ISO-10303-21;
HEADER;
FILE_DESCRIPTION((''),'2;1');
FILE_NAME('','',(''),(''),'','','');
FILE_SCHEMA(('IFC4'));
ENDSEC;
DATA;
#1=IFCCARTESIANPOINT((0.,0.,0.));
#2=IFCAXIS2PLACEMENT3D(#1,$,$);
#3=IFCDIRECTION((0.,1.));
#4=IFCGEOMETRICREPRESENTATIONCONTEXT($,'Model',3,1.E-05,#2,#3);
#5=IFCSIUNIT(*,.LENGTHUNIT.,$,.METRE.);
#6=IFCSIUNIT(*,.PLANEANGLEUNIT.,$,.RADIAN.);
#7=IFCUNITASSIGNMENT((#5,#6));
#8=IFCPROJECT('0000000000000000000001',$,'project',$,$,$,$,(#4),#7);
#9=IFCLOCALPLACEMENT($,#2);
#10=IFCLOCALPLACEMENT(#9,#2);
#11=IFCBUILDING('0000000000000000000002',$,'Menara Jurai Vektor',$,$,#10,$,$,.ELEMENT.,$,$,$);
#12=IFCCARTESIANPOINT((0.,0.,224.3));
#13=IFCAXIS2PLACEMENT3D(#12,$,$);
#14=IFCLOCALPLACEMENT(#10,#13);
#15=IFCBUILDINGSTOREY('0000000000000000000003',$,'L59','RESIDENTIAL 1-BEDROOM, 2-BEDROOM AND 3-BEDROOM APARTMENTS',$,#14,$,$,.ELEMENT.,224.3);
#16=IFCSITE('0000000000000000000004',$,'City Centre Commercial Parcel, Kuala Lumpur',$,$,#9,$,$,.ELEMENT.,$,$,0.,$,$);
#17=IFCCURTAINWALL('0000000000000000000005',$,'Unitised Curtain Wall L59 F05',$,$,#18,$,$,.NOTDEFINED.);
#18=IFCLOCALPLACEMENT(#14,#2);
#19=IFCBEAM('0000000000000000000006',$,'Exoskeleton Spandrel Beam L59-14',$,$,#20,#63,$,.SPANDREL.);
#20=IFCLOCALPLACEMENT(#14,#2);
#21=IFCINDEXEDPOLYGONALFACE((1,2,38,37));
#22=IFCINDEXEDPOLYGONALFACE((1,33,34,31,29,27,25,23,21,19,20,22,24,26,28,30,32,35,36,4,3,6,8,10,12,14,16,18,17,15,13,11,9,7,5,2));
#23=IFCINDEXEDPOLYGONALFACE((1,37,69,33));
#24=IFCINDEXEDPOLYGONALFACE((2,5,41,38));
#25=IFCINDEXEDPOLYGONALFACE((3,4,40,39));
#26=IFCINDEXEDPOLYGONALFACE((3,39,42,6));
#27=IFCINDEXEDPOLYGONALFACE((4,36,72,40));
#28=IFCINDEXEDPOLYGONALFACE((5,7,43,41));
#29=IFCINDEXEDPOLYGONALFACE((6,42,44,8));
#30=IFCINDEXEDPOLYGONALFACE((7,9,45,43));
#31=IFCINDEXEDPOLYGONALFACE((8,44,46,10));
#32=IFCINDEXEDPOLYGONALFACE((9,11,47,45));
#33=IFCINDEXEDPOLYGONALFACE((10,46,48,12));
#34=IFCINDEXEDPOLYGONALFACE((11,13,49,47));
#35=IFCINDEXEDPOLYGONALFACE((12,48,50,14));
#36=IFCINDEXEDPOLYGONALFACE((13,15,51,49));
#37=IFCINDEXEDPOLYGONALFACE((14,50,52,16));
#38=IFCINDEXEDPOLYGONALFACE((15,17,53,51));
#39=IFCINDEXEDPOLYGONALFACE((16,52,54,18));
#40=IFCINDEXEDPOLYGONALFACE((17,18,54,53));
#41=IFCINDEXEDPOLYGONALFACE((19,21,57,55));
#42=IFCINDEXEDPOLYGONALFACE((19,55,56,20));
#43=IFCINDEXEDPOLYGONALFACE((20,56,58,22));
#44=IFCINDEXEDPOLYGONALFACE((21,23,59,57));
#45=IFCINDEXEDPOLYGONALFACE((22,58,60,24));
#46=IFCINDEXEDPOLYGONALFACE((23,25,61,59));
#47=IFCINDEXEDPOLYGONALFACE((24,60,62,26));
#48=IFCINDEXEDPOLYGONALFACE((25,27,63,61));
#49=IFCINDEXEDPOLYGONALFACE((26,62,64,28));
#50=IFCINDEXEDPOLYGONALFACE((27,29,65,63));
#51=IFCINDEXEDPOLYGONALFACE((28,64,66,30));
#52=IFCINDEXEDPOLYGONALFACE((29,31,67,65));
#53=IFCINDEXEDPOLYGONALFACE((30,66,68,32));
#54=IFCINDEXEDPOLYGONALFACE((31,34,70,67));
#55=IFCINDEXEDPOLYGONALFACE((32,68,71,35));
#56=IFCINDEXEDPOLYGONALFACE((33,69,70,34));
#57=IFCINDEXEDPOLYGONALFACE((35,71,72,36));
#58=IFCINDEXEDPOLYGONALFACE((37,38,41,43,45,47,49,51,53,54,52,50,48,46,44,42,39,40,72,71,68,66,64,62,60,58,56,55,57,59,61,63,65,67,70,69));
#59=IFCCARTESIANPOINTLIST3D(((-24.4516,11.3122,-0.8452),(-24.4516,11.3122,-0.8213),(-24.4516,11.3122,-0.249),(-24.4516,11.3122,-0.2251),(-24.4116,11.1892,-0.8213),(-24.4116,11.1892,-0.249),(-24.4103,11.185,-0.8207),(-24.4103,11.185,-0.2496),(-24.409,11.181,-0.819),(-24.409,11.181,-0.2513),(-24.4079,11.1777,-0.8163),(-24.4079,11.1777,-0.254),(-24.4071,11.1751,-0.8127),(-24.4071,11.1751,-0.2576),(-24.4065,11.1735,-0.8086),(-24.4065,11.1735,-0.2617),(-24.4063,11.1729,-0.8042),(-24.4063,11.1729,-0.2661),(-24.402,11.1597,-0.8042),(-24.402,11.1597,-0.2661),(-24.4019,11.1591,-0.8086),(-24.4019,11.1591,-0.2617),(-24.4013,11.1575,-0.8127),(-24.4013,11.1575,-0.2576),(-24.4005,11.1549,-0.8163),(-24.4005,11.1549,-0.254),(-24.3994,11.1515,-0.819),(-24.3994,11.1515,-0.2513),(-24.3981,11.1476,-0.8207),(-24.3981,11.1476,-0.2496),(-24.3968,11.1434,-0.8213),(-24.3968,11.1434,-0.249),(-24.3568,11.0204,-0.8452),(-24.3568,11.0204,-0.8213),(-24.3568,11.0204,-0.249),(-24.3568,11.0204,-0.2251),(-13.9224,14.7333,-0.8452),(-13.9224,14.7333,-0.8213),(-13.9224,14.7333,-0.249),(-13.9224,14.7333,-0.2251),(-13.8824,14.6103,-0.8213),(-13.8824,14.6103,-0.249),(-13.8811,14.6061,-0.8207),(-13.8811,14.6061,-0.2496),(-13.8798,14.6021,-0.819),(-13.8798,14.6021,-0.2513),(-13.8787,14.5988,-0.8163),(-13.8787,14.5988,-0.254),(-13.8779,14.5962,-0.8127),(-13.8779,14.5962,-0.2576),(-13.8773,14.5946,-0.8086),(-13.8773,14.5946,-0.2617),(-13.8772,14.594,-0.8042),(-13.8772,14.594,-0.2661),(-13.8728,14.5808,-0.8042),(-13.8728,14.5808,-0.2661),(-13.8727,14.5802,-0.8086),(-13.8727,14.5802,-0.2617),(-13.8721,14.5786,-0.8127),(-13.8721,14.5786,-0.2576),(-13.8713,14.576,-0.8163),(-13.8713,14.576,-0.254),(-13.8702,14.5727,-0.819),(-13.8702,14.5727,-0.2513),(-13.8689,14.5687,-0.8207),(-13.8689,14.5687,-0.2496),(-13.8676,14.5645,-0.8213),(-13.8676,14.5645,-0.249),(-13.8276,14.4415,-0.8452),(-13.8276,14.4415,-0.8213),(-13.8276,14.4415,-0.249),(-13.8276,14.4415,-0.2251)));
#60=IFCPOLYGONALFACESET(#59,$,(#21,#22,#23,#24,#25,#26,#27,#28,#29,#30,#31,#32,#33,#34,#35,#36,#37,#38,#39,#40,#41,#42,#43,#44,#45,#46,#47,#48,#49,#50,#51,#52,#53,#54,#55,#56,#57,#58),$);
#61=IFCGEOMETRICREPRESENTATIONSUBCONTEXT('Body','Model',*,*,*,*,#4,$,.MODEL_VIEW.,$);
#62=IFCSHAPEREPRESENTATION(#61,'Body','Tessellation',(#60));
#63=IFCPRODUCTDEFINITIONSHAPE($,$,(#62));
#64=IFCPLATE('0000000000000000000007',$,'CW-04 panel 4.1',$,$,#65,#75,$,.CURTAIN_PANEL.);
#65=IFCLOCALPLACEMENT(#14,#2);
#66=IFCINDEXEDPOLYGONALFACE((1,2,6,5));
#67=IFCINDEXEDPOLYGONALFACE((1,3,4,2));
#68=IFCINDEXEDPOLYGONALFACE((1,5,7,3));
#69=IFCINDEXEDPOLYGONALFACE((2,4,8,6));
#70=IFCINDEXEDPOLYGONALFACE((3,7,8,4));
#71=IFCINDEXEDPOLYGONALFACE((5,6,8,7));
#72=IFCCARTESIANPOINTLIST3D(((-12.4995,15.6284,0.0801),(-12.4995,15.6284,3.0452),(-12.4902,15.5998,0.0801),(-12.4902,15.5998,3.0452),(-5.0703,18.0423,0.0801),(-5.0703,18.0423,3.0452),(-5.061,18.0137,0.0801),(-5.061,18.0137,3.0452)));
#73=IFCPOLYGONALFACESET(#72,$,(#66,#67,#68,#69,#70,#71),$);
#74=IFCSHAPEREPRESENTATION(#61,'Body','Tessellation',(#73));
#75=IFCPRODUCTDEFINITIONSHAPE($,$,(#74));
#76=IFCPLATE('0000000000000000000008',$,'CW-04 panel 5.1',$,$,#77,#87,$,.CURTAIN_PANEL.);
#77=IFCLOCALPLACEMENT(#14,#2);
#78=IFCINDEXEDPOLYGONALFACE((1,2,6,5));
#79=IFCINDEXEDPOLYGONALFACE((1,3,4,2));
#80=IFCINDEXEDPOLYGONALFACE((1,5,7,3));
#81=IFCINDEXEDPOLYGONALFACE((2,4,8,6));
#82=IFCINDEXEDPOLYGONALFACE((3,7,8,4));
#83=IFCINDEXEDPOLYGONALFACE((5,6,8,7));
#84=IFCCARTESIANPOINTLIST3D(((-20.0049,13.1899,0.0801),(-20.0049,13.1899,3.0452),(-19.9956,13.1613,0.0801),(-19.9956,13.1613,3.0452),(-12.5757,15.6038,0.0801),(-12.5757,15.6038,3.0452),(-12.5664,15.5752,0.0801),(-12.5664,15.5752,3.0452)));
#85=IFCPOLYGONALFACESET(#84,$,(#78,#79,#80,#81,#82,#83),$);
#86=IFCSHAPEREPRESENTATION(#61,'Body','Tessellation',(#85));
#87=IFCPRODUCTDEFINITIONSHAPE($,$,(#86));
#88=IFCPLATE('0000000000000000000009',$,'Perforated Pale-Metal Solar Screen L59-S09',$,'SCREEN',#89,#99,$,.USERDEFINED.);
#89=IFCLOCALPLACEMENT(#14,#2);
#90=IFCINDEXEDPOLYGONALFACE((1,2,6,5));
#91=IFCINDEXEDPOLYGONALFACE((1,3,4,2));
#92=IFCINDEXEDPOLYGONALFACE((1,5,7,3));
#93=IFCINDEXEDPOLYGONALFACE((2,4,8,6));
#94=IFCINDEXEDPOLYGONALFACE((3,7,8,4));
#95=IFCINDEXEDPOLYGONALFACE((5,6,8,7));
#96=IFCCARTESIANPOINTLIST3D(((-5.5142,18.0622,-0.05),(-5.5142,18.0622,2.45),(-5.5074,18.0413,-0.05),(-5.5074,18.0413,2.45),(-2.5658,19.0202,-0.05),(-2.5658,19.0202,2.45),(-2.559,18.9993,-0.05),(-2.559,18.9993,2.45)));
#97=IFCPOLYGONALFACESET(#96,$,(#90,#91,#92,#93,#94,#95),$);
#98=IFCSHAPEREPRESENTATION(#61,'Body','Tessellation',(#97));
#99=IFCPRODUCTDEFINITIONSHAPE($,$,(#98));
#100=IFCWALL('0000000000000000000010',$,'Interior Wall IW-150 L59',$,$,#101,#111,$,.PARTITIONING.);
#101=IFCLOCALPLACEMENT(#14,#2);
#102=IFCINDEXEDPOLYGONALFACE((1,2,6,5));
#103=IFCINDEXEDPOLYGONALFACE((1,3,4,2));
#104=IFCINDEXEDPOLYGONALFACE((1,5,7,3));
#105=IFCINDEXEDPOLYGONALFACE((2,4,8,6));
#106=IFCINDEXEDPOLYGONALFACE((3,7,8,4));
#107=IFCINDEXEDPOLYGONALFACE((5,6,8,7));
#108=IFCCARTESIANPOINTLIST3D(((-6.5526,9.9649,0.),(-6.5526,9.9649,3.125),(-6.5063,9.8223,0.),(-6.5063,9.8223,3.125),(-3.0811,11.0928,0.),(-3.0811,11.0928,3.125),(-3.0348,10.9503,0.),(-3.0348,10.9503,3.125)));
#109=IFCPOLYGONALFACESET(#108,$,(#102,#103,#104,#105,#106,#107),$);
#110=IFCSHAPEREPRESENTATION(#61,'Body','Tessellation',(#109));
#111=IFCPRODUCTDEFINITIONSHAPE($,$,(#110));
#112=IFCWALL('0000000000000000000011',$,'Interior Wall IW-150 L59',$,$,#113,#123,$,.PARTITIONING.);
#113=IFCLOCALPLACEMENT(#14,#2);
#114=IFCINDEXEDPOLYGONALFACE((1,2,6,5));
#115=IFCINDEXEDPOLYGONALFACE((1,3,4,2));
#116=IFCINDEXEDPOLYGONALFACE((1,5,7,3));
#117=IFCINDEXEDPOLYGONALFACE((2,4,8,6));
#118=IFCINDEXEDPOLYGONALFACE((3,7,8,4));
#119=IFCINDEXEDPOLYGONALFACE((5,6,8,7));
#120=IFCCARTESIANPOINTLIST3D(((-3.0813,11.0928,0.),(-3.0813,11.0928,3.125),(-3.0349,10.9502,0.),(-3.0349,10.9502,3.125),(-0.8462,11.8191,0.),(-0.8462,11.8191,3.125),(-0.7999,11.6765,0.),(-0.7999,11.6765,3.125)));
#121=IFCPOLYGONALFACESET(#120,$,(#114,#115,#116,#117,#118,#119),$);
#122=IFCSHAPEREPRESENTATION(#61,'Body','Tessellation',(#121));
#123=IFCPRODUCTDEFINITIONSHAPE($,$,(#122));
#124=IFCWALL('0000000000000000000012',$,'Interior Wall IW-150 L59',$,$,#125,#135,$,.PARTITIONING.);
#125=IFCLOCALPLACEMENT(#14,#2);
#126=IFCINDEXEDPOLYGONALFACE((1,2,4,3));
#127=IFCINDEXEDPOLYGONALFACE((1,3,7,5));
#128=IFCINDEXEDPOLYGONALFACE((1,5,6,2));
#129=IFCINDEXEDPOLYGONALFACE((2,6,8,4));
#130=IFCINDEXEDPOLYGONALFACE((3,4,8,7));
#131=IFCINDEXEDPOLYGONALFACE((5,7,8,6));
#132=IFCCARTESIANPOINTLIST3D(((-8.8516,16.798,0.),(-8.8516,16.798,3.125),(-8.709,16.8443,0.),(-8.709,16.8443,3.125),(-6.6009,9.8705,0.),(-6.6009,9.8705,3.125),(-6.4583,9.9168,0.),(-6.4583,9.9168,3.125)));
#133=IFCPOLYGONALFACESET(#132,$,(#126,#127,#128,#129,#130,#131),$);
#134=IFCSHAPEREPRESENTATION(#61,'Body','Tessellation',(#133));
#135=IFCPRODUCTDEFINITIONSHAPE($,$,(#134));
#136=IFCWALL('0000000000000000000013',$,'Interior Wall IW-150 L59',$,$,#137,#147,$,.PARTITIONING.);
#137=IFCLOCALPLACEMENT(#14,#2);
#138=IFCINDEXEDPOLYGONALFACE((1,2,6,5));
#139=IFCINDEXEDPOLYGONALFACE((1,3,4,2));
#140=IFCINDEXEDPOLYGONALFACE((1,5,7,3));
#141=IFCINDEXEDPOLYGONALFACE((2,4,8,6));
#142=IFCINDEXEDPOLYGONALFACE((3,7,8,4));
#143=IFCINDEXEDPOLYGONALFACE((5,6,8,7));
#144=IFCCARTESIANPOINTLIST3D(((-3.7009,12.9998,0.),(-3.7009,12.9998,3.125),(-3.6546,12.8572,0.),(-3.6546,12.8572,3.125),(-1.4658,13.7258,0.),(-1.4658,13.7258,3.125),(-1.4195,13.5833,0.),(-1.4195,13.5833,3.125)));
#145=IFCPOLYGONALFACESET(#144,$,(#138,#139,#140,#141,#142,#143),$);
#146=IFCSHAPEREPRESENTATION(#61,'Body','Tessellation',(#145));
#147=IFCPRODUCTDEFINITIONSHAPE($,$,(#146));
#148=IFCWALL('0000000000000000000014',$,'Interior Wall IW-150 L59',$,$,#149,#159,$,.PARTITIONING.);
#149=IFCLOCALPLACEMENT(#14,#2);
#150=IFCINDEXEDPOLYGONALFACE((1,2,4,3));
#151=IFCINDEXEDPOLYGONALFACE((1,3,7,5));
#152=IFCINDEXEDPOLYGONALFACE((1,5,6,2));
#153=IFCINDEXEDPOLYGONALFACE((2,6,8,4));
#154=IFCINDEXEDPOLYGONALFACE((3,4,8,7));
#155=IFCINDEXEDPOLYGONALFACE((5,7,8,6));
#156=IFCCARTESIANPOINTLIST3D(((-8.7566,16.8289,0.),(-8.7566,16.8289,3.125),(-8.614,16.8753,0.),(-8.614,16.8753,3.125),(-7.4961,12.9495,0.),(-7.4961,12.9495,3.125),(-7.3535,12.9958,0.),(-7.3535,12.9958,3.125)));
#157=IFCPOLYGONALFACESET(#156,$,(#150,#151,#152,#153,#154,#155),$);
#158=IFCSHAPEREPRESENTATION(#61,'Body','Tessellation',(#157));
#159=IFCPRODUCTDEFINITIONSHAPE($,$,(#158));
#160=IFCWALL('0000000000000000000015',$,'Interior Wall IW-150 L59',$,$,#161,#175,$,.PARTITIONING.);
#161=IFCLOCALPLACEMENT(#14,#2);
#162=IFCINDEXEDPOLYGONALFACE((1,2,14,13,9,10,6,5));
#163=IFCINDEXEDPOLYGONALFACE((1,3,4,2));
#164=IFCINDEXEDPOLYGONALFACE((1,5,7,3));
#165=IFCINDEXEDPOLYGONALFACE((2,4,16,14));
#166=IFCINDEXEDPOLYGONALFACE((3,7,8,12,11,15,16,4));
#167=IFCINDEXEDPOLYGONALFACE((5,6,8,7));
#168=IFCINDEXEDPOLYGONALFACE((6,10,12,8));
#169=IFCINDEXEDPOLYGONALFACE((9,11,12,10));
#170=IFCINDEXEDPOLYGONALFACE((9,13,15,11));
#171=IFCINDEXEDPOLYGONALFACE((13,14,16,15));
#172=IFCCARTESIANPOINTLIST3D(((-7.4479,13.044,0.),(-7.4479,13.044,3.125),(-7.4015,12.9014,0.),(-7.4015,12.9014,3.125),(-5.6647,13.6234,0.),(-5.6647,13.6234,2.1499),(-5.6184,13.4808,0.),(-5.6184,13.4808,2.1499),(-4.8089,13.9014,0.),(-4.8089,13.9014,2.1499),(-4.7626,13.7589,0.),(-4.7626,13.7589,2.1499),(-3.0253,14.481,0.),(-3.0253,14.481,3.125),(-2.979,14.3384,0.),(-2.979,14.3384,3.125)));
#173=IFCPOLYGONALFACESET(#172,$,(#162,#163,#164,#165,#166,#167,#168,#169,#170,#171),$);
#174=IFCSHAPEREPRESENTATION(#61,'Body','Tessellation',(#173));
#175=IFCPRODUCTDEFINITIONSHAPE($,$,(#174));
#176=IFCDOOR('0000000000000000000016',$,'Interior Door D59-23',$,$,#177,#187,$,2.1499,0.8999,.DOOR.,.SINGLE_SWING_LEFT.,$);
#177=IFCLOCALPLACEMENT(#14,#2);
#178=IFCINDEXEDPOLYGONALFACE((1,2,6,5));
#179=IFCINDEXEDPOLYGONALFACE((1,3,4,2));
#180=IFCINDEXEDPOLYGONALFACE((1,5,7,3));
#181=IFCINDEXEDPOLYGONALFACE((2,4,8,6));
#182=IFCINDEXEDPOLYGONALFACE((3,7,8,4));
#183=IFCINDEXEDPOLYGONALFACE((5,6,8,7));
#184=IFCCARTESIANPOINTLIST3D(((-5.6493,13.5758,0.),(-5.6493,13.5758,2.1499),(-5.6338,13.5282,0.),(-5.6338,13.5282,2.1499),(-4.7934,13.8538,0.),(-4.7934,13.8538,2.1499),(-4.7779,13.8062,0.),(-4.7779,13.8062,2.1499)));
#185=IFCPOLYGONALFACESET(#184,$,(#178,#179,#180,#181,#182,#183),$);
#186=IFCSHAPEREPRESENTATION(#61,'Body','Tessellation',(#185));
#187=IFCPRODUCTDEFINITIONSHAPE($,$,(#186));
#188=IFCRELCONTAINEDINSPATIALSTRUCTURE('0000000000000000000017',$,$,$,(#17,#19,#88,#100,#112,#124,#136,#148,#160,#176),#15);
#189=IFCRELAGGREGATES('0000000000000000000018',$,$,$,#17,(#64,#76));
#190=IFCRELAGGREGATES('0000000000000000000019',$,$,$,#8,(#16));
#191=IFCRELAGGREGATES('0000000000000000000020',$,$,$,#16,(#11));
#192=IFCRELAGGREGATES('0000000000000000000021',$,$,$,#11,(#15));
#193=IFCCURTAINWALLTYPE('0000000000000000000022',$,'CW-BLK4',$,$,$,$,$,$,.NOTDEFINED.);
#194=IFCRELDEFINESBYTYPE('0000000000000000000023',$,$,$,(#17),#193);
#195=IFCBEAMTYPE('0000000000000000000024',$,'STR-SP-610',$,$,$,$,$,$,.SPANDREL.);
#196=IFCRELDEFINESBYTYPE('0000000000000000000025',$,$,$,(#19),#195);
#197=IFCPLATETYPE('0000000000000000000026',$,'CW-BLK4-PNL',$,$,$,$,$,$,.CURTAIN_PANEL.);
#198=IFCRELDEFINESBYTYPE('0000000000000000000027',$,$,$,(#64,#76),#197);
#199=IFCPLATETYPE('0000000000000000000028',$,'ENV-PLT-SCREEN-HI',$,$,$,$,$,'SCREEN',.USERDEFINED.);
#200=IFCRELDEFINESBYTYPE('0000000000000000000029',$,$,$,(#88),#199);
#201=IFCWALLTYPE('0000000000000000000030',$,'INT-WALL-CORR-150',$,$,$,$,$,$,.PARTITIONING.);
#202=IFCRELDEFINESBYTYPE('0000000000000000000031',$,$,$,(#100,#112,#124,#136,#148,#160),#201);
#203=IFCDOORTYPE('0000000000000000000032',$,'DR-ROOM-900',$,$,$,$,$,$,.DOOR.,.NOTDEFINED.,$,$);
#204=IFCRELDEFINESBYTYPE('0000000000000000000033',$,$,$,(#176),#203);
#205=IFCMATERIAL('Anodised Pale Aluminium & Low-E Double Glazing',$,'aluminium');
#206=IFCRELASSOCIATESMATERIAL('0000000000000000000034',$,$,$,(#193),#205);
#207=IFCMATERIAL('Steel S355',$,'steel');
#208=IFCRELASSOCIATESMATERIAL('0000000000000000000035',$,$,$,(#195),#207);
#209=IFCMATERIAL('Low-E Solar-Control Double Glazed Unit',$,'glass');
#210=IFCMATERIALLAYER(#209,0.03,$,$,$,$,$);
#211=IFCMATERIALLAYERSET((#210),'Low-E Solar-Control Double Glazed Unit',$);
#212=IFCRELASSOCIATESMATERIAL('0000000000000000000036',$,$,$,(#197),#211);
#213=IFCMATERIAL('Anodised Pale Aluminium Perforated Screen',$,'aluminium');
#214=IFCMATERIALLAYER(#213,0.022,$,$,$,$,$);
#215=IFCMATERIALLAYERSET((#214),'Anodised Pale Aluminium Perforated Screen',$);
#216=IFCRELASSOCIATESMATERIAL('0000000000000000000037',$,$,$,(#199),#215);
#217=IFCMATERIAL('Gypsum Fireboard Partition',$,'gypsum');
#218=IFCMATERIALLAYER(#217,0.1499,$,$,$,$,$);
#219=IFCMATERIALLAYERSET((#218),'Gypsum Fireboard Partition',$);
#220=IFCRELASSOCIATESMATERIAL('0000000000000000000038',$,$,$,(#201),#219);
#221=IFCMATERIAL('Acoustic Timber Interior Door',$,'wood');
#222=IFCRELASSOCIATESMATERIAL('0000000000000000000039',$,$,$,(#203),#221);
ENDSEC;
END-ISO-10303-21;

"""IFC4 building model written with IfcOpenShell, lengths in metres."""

from ifc_helpers import new_model, si_unit, direction, frame, frame_2d, origin, origin_2d, place, context, subcontext, project, spatial, rectangle, i_section, extrude, material, layer, layer_set, material_profile, profile_set, type_object, element, fill, aggregate, save


model = new_model("IFC4")

# Units and contexts
model_context = context("Model", 3, precision=1e-05, world=origin(), true_north=direction((0.0, 1.0)))
body_context = subcontext(model_context, "Body", "Model", "MODEL_VIEW")
ifc_project = project(units=[si_unit("LENGTHUNIT", "METRE"), si_unit("PLANEANGLEUNIT", "RADIAN")], contexts=[model_context])

# Site, building, storey
site_placement = place(None, origin())
site = spatial("IfcSite", under=ifc_project, at=site_placement, Name="City Centre Commercial Parcel, Kuala Lumpur", CompositionType="ELEMENT", RefElevation=0.0)
building_placement = place(site_placement, origin())
building = spatial("IfcBuilding", under=site, at=building_placement, Name="Menara Jurai Vektor", CompositionType="ELEMENT")
storey_placement = place(building_placement, frame((0.0, 0.0, 224.3)))
storey = spatial("IfcBuildingStorey", under=building, at=storey_placement, Name="L59", Description="RESIDENTIAL 1-BEDROOM, 2-BEDROOM AND 3-BEDROOM APARTMENTS", CompositionType="ELEMENT", Elevation=224.3)

# Curtain wall
ifc_material_1 = material(Name="Anodised Pale Aluminium & Low-E Double Glazing", Category="aluminium")
curtain_wall_type = type_object("IfcCurtainWallType", Name="CW-BLK4", PredefinedType="NOTDEFINED", material=ifc_material_1)
curtain_wall_placement = place(storey_placement, origin())
curtain_wall = element("IfcCurtainWall", 1, at=curtain_wall_placement, inside=storey, type_object=curtain_wall_type, Name="Unitised Curtain Wall L59 F05", PredefinedType="NOTDEFINED")

# Beam
ifc_material_2 = material(Name="Steel S355", Category="steel")
ifc_material_profile_1 = material_profile(ifc_material_2, i_section(OverallWidth=0.3069, OverallDepth=0.6201, WebThickness=0.0139, FlangeThickness=0.0239, FilletRadius=0.0171, at=origin_2d()), Name="UKB 610x305x179")
ifc_profile_set_1 = profile_set([ifc_material_profile_1], Name="Steel S355")
beam_type_1 = type_object("IfcBeamType", Name="STR-SP-610", PredefinedType="SPANDREL", material=ifc_profile_set_1)
for number, where, z_axis, x_axis, name in (
    (2, (-13.875, 14.5874, -0.5352), (-0.951057, -0.309014, 0.0), (0.309014, -0.951057, 0.0), "Exoskeleton Spandrel Beam L59-14"),
):
    element("IfcBeam", number, at=place(storey_placement, frame(where, z_axis=z_axis, x_axis=x_axis)), inside=storey, type_object=beam_type_1, Name=name, PredefinedType="SPANDREL", context=body_context, shape_type="SweptSolid", body=[
        extrude(i_section(OverallWidth=0.3069, OverallDepth=0.6201, WebThickness=0.0139, FlangeThickness=0.0239, FilletRadius=0.0171, at=origin_2d()), origin(), (0.0, 0.0, 1.0), 11.071),
    ])

# Plates
ifc_material_3 = material(Name="Low-E Solar-Control Double Glazed Unit", Category="glass")
ifc_layer_1 = layer(ifc_material_3, 0.03)
ifc_layer_set_1 = layer_set([ifc_layer_1], Name="Low-E Solar-Control Double Glazed Unit")
plate_type_1 = type_object("IfcPlateType", Name="CW-BLK4-PNL", PredefinedType="CURTAIN_PANEL", material=ifc_layer_set_1)
plate_1_placement = place(storey_placement, frame((-8.7803, 16.821, 0.0801), z_axis=(0.0, 0.0, 1.0), x_axis=(-0.951056, -0.309017, 0.0)))
plate_1 = element("IfcPlate", 3, at=plate_1_placement, type_object=plate_type_1, Name="CW-04 panel 4.1", PredefinedType="CURTAIN_PANEL", context=body_context, shape_type="SweptSolid", body=[
    extrude(rectangle(XDim=7.8115, YDim=0.03, at=origin_2d()), origin(), (0.0, 0.0, 1.0), 2.9651),
])
plate_2_placement = place(storey_placement, frame((-16.2856, 14.3826, 0.0801), z_axis=(0.0, 0.0, 1.0), x_axis=(-0.951056, -0.309017, 0.0)))
plate_2 = element("IfcPlate", 4, at=plate_2_placement, type_object=plate_type_1, Name="CW-04 panel 5.1", PredefinedType="CURTAIN_PANEL", context=body_context, shape_type="SweptSolid", body=[
    extrude(rectangle(XDim=7.8115, YDim=0.03, at=origin_2d()), origin(), (0.0, 0.0, 1.0), 2.9651),
])
aggregate(curtain_wall, [plate_1, plate_2])
ifc_material_4 = material(Name="Anodised Pale Aluminium Perforated Screen", Category="aluminium")
ifc_layer_2 = layer(ifc_material_4, 0.022)
ifc_layer_set_2 = layer_set([ifc_layer_2], Name="Anodised Pale Aluminium Perforated Screen")
plate_type_2 = type_object("IfcPlateType", Name="ENV-PLT-SCREEN-HI", ElementType="SCREEN", PredefinedType="USERDEFINED", material=ifc_layer_set_2)
plate_3_placement = place(storey_placement, frame((-4.0366, 18.5308, -0.05), z_axis=(0.0, 0.0, 1.0), x_axis=(-0.951057, -0.309017, 0.0)))
element("IfcPlate", 5, at=plate_3_placement, inside=storey, type_object=plate_type_2, Name="Perforated Pale-Metal Solar Screen L59-S09", ObjectType="SCREEN", PredefinedType="USERDEFINED", context=body_context, shape_type="SweptSolid", body=[
    extrude(rectangle(XDim=3.1001, YDim=0.022, at=origin_2d()), origin(), (0.0, 0.0, 1.0), 2.5),
])

# Walls
ifc_material_5 = material(Name="Gypsum Fireboard Partition", Category="gypsum")
ifc_layer_3 = layer(ifc_material_5, 0.1499)
ifc_layer_set_3 = layer_set([ifc_layer_3], Name="Gypsum Fireboard Partition")
wall_type_1 = type_object("IfcWallType", Name="INT-WALL-CORR-150", PredefinedType="PARTITIONING", material=ifc_layer_set_3)
wall_1_placement = place(storey_placement, frame((-6.5295, 9.8936, 0.0), z_axis=(0.0, 0.0, 1.0), x_axis=(0.951057, 0.309015, 0.0)))
element("IfcWall", 6, at=wall_1_placement, inside=storey, type_object=wall_type_1, Name="Interior Wall IW-150 L59", PredefinedType="PARTITIONING", context=body_context, shape_type="SweptSolid", body=[
    extrude(rectangle(XDim=3.6501, YDim=0.1499, at=frame_2d((1.8252, 0.0))), origin(), (0.0, 0.0, 1.0), 3.125),
])
wall_2_placement = place(storey_placement, frame((-3.0581, 11.0215, 0.0), z_axis=(0.0, 0.0, 1.0), x_axis=(0.951046, 0.309051, 0.0)))
element("IfcWall", 7, at=wall_2_placement, inside=storey, type_object=wall_type_1, Name="Interior Wall IW-150 L59", PredefinedType="PARTITIONING", context=body_context, shape_type="SweptSolid", body=[
    extrude(rectangle(XDim=2.3501, YDim=0.1499, at=frame_2d((1.175, 0.0))), origin(), (0.0, 0.0, 1.0), 3.125),
])

# Shared definitions
ifc_material_6 = material(Name="Acoustic Timber Interior Door", Category="wood")
door_type_1 = type_object("IfcDoorType", Name="DR-ROOM-900", OperationType="NOTDEFINED", PredefinedType="DOOR", material=ifc_material_6)

# Wall
wall_3_placement = place(storey_placement, frame((-6.5295, 9.8936, 0.0), z_axis=(0.0, 0.0, 1.0), x_axis=(-0.308999, 0.951062, 0.0)))
element("IfcWall", 8, at=wall_3_placement, inside=storey, type_object=wall_type_1, Name="Interior Wall IW-150 L59", PredefinedType="PARTITIONING", context=body_context, shape_type="SweptSolid", body=[
    extrude(rectangle(XDim=7.2839, YDim=0.1499, at=frame_2d((3.6421, 0.0))), origin(), (0.0, 0.0, 1.0), 3.125),
])

# Walls
wall_4_placement = place(storey_placement, frame((-3.6777, 12.9285, 0.0), z_axis=(0.0, 0.0, 1.0), x_axis=(0.951076, 0.308957, 0.0)))
element("IfcWall", 9, at=wall_4_placement, inside=storey, type_object=wall_type_1, Name="Interior Wall IW-150 L59", PredefinedType="PARTITIONING", context=body_context, shape_type="SweptSolid", body=[
    extrude(rectangle(XDim=2.3501, YDim=0.1499, at=frame_2d((1.175, 0.0))), origin(), (0.0, 0.0, 1.0), 3.125),
])
wall_5_placement = place(storey_placement, frame((-7.4248, 12.9727, 0.0), z_axis=(0.0, 0.0, 1.0), x_axis=(-0.309018, 0.951056, 0.0)))
element("IfcWall", 10, at=wall_5_placement, inside=storey, type_object=wall_type_1, Name="Interior Wall IW-150 L59", PredefinedType="PARTITIONING", context=body_context, shape_type="SweptSolid", body=[
    extrude(rectangle(XDim=4.0791, YDim=0.1499, at=frame_2d((2.0396, 0.0))), origin(), (0.0, 0.0, 1.0), 3.125),
])

# Wall, opening, door
wall_6_placement = place(storey_placement, frame((-7.4248, 12.9727, 0.0), z_axis=(0.0, 0.0, 1.0), x_axis=(0.951055, 0.309021, 0.0)))
wall_6 = element("IfcWall", 11, at=wall_6_placement, inside=storey, type_object=wall_type_1, Name="Interior Wall IW-150 L59", PredefinedType="PARTITIONING", context=body_context, shape_type="SweptSolid", body=[
    extrude(rectangle(XDim=4.6501, YDim=0.1499, at=frame_2d((2.3252, 0.0))), origin(), (0.0, 0.0, 1.0), 3.125),
])
opening_1_placement = place(wall_6_placement, frame((1.875, 0.0, 0.0)))
opening_1 = element("IfcOpeningElement", 12, at=opening_1_placement, cuts=wall_6, PredefinedType="OPENING", context=body_context, shape_type="SweptSolid", body=[
    extrude(rectangle(XDim=0.8999, YDim=2.1499, at=frame_2d((0.45, 1.075))), frame((0.0, 0.085, 0.0), z_axis=(0.0, -1.0, 0.0), x_axis=(1.0, 0.0, 0.0)), (0.0, 0.0, 1.0), 0.1699),
])
door_1_placement = place(opening_1_placement, origin())
door_1 = element("IfcDoor", 13, at=door_1_placement, inside=storey, type_object=door_type_1, Name="Interior Door D59-23", OperationType="SINGLE_SWING_LEFT", OverallHeight=2.1499, OverallWidth=0.8999, PredefinedType="DOOR", context=body_context, shape_type="SweptSolid", body=[
    extrude(rectangle(XDim=0.8999, YDim=2.1499, at=frame_2d((0.45, 1.075))), frame((0.0, 0.0249, 0.0), z_axis=(0.0, -1.0, 0.0), x_axis=(1.0, 0.0, 0.0)), (0.0, 0.0, 1.0), 0.05),
])
fill(opening_1, door_1)

save(model, "model.ifc")
